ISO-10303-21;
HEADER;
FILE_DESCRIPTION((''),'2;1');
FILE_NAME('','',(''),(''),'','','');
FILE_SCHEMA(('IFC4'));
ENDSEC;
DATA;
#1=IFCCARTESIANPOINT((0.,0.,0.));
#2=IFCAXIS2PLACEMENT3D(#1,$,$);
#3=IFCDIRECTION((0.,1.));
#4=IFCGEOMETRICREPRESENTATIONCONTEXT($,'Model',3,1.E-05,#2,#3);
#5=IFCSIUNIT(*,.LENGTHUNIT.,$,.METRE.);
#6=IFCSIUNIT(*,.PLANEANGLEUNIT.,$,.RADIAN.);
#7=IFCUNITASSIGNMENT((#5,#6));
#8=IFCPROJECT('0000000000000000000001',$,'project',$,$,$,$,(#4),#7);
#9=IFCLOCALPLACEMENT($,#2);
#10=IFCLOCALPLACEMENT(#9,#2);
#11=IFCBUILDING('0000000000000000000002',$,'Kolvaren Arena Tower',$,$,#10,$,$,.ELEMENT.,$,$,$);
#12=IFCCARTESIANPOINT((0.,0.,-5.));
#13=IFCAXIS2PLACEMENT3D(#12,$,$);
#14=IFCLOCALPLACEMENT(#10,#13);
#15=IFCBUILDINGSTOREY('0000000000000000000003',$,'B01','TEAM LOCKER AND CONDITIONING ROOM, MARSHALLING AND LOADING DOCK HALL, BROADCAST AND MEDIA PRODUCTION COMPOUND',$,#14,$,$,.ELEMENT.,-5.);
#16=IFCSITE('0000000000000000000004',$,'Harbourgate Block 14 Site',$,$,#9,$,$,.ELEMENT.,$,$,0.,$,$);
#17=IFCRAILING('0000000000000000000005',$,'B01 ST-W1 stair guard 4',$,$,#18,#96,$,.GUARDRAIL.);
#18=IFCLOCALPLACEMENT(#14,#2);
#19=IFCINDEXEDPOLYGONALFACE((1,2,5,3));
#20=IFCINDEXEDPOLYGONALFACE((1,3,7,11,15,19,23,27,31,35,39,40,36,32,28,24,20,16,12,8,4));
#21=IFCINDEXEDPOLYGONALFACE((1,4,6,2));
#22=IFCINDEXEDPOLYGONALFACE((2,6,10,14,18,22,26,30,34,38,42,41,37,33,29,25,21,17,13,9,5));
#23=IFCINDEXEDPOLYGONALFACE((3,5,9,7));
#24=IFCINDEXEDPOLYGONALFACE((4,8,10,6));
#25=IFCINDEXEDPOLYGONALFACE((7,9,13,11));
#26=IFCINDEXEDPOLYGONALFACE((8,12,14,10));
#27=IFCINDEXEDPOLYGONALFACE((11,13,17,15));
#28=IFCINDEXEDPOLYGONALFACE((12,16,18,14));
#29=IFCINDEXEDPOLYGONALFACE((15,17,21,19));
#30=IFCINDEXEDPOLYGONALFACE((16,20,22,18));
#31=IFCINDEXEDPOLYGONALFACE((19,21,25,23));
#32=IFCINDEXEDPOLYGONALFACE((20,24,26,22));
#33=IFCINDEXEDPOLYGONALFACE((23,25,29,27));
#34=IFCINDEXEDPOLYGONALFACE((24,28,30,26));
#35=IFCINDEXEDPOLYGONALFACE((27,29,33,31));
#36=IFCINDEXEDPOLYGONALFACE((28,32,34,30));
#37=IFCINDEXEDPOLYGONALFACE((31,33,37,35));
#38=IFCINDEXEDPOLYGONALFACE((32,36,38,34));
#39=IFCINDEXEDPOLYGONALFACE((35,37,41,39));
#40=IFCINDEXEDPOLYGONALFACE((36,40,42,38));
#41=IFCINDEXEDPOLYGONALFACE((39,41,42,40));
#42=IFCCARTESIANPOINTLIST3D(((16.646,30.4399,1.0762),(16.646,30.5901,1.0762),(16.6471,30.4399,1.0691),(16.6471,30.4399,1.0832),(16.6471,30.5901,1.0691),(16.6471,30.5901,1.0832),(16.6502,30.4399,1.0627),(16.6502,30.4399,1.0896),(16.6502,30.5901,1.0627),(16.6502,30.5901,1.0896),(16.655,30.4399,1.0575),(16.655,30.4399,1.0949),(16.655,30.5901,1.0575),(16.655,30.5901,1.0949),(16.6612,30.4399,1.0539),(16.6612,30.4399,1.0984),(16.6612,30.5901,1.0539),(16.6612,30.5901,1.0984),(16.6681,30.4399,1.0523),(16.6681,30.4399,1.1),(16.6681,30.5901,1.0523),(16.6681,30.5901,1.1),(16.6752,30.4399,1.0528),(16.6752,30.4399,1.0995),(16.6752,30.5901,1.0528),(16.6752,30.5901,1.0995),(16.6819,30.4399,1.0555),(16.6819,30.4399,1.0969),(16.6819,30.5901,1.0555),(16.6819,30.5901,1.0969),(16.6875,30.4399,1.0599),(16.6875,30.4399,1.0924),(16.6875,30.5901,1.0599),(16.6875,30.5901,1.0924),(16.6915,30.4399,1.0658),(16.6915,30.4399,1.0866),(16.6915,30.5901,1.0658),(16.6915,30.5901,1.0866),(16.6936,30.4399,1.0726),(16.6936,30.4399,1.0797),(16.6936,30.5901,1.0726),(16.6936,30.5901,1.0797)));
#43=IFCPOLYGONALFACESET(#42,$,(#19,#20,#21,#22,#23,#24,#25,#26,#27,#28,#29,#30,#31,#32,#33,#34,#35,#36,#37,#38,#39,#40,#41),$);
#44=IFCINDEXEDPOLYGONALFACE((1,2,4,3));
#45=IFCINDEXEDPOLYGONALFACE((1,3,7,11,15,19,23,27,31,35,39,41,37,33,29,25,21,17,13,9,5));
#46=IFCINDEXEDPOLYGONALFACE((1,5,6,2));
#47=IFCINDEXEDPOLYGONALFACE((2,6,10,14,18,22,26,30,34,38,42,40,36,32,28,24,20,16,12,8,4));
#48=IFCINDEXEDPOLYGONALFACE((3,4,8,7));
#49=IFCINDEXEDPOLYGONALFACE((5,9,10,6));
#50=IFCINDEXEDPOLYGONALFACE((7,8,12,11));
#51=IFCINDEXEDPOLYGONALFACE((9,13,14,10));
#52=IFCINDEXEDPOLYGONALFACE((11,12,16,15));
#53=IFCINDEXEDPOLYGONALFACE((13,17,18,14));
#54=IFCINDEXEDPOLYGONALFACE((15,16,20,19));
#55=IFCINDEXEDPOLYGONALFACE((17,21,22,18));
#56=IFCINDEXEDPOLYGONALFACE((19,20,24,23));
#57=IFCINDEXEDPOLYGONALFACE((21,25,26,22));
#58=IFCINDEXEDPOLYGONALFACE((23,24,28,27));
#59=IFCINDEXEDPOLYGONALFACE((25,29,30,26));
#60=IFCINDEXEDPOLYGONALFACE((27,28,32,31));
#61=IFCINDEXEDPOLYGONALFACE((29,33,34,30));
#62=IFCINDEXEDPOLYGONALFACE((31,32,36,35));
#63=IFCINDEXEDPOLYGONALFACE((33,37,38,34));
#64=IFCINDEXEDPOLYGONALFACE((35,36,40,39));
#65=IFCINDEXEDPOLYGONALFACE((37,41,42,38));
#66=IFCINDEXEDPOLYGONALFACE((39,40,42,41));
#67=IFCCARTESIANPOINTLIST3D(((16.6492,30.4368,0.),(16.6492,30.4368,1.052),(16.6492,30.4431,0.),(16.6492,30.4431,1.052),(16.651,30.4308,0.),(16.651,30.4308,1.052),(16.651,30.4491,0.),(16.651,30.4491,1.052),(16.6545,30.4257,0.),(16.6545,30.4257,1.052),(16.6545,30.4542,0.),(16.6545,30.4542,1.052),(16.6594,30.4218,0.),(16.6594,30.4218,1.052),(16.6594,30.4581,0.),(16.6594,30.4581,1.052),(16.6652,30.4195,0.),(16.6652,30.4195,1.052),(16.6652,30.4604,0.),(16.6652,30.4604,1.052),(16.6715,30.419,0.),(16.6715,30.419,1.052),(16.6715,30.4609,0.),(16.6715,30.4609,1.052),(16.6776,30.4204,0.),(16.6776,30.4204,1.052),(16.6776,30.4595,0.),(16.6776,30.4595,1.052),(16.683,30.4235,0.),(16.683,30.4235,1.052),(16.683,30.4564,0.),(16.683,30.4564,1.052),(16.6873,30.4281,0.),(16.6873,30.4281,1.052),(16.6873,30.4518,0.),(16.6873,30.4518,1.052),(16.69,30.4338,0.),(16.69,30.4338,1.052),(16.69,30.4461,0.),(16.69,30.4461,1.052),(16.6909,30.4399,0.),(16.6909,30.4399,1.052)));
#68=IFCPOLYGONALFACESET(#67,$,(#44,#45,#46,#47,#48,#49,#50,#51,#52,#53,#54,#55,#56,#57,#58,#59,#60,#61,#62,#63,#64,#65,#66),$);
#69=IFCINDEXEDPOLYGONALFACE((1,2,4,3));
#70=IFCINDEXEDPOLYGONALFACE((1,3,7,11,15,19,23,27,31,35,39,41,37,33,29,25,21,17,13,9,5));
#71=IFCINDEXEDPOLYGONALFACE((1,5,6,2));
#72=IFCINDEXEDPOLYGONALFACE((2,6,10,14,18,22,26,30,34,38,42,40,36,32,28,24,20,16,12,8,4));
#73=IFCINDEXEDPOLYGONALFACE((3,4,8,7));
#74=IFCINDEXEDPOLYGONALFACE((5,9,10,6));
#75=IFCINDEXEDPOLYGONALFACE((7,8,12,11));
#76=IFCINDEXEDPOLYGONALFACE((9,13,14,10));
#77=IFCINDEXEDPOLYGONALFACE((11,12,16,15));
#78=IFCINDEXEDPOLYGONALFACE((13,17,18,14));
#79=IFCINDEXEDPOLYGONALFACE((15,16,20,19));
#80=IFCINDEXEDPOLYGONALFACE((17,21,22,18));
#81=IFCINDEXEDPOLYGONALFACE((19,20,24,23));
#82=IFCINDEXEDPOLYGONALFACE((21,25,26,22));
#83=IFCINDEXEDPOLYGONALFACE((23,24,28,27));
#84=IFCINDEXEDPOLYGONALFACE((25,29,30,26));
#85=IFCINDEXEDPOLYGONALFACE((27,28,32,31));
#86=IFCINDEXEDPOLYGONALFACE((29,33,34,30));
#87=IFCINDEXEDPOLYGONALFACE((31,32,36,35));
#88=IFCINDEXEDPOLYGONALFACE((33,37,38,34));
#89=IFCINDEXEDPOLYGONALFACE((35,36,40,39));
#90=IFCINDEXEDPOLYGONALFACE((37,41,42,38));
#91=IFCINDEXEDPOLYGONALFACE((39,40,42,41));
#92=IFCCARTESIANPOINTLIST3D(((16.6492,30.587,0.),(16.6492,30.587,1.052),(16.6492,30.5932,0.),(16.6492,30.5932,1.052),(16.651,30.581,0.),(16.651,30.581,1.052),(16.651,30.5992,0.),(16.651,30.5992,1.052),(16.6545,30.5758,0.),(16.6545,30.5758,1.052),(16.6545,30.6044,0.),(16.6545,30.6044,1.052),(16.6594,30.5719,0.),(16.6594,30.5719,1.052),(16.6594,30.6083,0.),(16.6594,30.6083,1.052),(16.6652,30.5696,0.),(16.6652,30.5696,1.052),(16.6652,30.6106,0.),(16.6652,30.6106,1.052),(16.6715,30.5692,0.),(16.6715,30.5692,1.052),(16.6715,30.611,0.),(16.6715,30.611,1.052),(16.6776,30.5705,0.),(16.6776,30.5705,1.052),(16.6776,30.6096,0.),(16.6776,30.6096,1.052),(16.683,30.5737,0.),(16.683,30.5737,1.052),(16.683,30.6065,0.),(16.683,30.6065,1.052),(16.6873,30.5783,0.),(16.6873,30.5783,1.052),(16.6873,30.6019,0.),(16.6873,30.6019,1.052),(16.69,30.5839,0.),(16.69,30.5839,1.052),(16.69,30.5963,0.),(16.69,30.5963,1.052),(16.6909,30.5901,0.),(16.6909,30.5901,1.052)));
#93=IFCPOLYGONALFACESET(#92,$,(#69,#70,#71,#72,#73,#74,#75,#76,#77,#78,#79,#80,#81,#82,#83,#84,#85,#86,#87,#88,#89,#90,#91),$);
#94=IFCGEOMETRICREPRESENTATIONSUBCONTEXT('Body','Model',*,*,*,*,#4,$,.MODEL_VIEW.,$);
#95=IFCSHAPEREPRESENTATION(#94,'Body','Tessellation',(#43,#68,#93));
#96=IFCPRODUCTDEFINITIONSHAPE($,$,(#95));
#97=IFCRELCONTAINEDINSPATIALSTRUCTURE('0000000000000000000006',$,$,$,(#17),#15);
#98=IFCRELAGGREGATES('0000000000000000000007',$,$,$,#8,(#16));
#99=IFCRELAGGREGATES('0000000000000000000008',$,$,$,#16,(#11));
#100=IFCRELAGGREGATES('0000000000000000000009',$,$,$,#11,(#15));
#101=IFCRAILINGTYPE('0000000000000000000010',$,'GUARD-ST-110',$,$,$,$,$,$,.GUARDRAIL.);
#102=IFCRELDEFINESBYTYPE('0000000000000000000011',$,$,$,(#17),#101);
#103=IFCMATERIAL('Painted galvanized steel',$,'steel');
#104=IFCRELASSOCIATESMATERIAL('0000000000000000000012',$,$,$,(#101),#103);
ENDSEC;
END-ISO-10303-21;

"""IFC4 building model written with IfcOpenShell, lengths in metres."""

from ifc_helpers import new_model, si_unit, direction, frame, origin, origin_2d, place, context, subcontext, project, spatial, circle, extrude, material, type_object, element, save


model = new_model("IFC4")

# Units and contexts
model_context = context("Model", 3, precision=1e-05, world=origin(), true_north=direction((0.0, 1.0)))
body_context = subcontext(model_context, "Body", "Model", "MODEL_VIEW")
ifc_project = project(units=[si_unit("LENGTHUNIT", "METRE"), si_unit("PLANEANGLEUNIT", "RADIAN")], contexts=[model_context])

# Site, building, storey
site_placement = place(None, origin())
site = spatial("IfcSite", under=ifc_project, at=site_placement, Name="Harbourgate Block 14 Site", CompositionType="ELEMENT", RefElevation=0.0)
building_placement = place(site_placement, origin())
building = spatial("IfcBuilding", under=site, at=building_placement, Name="Kolvaren Arena Tower", CompositionType="ELEMENT")
storey_placement = place(building_placement, frame((0.0, 0.0, -5.0)))
storey = spatial("IfcBuildingStorey", under=building, at=storey_placement, Name="B01", Description="TEAM LOCKER AND CONDITIONING ROOM, MARSHALLING AND LOADING DOCK HALL, BROADCAST AND MEDIA PRODUCTION COMPOUND", CompositionType="ELEMENT", Elevation=-5.0)

# Railing
ifc_material_1 = material(Name="Painted galvanized steel", Category="steel")
railing_type_1 = type_object("IfcRailingType", Name="GUARD-ST-110", PredefinedType="GUARDRAIL", material=ifc_material_1)
railing_1_placement = place(storey_placement, frame((16.6699, 30.4399, 0.0)))
element("IfcRailing", 1, at=railing_1_placement, inside=storey, type_object=railing_type_1, Name="B01 ST-W1 stair guard 4", PredefinedType="GUARDRAIL", context=body_context, shape_type="SweptSolid", body=[
    extrude(circle(Radius=0.0239, at=origin_2d()), frame((0.0, 0.0, 1.0762), z_axis=(0.0, 1.0, 0.0), x_axis=(-1.0, 0.0, 0.0)), (0.0, 0.0, 1.0), 0.1501),
    extrude(circle(Radius=0.021, at=origin_2d()), origin(), (0.0, 0.0, 1.0), 1.052),
    extrude(circle(Radius=0.021, at=origin_2d()), frame((0.0, 0.1501, 0.0)), (0.0, 0.0, 1.0), 1.052),
])

save(model, "model.ifc")
